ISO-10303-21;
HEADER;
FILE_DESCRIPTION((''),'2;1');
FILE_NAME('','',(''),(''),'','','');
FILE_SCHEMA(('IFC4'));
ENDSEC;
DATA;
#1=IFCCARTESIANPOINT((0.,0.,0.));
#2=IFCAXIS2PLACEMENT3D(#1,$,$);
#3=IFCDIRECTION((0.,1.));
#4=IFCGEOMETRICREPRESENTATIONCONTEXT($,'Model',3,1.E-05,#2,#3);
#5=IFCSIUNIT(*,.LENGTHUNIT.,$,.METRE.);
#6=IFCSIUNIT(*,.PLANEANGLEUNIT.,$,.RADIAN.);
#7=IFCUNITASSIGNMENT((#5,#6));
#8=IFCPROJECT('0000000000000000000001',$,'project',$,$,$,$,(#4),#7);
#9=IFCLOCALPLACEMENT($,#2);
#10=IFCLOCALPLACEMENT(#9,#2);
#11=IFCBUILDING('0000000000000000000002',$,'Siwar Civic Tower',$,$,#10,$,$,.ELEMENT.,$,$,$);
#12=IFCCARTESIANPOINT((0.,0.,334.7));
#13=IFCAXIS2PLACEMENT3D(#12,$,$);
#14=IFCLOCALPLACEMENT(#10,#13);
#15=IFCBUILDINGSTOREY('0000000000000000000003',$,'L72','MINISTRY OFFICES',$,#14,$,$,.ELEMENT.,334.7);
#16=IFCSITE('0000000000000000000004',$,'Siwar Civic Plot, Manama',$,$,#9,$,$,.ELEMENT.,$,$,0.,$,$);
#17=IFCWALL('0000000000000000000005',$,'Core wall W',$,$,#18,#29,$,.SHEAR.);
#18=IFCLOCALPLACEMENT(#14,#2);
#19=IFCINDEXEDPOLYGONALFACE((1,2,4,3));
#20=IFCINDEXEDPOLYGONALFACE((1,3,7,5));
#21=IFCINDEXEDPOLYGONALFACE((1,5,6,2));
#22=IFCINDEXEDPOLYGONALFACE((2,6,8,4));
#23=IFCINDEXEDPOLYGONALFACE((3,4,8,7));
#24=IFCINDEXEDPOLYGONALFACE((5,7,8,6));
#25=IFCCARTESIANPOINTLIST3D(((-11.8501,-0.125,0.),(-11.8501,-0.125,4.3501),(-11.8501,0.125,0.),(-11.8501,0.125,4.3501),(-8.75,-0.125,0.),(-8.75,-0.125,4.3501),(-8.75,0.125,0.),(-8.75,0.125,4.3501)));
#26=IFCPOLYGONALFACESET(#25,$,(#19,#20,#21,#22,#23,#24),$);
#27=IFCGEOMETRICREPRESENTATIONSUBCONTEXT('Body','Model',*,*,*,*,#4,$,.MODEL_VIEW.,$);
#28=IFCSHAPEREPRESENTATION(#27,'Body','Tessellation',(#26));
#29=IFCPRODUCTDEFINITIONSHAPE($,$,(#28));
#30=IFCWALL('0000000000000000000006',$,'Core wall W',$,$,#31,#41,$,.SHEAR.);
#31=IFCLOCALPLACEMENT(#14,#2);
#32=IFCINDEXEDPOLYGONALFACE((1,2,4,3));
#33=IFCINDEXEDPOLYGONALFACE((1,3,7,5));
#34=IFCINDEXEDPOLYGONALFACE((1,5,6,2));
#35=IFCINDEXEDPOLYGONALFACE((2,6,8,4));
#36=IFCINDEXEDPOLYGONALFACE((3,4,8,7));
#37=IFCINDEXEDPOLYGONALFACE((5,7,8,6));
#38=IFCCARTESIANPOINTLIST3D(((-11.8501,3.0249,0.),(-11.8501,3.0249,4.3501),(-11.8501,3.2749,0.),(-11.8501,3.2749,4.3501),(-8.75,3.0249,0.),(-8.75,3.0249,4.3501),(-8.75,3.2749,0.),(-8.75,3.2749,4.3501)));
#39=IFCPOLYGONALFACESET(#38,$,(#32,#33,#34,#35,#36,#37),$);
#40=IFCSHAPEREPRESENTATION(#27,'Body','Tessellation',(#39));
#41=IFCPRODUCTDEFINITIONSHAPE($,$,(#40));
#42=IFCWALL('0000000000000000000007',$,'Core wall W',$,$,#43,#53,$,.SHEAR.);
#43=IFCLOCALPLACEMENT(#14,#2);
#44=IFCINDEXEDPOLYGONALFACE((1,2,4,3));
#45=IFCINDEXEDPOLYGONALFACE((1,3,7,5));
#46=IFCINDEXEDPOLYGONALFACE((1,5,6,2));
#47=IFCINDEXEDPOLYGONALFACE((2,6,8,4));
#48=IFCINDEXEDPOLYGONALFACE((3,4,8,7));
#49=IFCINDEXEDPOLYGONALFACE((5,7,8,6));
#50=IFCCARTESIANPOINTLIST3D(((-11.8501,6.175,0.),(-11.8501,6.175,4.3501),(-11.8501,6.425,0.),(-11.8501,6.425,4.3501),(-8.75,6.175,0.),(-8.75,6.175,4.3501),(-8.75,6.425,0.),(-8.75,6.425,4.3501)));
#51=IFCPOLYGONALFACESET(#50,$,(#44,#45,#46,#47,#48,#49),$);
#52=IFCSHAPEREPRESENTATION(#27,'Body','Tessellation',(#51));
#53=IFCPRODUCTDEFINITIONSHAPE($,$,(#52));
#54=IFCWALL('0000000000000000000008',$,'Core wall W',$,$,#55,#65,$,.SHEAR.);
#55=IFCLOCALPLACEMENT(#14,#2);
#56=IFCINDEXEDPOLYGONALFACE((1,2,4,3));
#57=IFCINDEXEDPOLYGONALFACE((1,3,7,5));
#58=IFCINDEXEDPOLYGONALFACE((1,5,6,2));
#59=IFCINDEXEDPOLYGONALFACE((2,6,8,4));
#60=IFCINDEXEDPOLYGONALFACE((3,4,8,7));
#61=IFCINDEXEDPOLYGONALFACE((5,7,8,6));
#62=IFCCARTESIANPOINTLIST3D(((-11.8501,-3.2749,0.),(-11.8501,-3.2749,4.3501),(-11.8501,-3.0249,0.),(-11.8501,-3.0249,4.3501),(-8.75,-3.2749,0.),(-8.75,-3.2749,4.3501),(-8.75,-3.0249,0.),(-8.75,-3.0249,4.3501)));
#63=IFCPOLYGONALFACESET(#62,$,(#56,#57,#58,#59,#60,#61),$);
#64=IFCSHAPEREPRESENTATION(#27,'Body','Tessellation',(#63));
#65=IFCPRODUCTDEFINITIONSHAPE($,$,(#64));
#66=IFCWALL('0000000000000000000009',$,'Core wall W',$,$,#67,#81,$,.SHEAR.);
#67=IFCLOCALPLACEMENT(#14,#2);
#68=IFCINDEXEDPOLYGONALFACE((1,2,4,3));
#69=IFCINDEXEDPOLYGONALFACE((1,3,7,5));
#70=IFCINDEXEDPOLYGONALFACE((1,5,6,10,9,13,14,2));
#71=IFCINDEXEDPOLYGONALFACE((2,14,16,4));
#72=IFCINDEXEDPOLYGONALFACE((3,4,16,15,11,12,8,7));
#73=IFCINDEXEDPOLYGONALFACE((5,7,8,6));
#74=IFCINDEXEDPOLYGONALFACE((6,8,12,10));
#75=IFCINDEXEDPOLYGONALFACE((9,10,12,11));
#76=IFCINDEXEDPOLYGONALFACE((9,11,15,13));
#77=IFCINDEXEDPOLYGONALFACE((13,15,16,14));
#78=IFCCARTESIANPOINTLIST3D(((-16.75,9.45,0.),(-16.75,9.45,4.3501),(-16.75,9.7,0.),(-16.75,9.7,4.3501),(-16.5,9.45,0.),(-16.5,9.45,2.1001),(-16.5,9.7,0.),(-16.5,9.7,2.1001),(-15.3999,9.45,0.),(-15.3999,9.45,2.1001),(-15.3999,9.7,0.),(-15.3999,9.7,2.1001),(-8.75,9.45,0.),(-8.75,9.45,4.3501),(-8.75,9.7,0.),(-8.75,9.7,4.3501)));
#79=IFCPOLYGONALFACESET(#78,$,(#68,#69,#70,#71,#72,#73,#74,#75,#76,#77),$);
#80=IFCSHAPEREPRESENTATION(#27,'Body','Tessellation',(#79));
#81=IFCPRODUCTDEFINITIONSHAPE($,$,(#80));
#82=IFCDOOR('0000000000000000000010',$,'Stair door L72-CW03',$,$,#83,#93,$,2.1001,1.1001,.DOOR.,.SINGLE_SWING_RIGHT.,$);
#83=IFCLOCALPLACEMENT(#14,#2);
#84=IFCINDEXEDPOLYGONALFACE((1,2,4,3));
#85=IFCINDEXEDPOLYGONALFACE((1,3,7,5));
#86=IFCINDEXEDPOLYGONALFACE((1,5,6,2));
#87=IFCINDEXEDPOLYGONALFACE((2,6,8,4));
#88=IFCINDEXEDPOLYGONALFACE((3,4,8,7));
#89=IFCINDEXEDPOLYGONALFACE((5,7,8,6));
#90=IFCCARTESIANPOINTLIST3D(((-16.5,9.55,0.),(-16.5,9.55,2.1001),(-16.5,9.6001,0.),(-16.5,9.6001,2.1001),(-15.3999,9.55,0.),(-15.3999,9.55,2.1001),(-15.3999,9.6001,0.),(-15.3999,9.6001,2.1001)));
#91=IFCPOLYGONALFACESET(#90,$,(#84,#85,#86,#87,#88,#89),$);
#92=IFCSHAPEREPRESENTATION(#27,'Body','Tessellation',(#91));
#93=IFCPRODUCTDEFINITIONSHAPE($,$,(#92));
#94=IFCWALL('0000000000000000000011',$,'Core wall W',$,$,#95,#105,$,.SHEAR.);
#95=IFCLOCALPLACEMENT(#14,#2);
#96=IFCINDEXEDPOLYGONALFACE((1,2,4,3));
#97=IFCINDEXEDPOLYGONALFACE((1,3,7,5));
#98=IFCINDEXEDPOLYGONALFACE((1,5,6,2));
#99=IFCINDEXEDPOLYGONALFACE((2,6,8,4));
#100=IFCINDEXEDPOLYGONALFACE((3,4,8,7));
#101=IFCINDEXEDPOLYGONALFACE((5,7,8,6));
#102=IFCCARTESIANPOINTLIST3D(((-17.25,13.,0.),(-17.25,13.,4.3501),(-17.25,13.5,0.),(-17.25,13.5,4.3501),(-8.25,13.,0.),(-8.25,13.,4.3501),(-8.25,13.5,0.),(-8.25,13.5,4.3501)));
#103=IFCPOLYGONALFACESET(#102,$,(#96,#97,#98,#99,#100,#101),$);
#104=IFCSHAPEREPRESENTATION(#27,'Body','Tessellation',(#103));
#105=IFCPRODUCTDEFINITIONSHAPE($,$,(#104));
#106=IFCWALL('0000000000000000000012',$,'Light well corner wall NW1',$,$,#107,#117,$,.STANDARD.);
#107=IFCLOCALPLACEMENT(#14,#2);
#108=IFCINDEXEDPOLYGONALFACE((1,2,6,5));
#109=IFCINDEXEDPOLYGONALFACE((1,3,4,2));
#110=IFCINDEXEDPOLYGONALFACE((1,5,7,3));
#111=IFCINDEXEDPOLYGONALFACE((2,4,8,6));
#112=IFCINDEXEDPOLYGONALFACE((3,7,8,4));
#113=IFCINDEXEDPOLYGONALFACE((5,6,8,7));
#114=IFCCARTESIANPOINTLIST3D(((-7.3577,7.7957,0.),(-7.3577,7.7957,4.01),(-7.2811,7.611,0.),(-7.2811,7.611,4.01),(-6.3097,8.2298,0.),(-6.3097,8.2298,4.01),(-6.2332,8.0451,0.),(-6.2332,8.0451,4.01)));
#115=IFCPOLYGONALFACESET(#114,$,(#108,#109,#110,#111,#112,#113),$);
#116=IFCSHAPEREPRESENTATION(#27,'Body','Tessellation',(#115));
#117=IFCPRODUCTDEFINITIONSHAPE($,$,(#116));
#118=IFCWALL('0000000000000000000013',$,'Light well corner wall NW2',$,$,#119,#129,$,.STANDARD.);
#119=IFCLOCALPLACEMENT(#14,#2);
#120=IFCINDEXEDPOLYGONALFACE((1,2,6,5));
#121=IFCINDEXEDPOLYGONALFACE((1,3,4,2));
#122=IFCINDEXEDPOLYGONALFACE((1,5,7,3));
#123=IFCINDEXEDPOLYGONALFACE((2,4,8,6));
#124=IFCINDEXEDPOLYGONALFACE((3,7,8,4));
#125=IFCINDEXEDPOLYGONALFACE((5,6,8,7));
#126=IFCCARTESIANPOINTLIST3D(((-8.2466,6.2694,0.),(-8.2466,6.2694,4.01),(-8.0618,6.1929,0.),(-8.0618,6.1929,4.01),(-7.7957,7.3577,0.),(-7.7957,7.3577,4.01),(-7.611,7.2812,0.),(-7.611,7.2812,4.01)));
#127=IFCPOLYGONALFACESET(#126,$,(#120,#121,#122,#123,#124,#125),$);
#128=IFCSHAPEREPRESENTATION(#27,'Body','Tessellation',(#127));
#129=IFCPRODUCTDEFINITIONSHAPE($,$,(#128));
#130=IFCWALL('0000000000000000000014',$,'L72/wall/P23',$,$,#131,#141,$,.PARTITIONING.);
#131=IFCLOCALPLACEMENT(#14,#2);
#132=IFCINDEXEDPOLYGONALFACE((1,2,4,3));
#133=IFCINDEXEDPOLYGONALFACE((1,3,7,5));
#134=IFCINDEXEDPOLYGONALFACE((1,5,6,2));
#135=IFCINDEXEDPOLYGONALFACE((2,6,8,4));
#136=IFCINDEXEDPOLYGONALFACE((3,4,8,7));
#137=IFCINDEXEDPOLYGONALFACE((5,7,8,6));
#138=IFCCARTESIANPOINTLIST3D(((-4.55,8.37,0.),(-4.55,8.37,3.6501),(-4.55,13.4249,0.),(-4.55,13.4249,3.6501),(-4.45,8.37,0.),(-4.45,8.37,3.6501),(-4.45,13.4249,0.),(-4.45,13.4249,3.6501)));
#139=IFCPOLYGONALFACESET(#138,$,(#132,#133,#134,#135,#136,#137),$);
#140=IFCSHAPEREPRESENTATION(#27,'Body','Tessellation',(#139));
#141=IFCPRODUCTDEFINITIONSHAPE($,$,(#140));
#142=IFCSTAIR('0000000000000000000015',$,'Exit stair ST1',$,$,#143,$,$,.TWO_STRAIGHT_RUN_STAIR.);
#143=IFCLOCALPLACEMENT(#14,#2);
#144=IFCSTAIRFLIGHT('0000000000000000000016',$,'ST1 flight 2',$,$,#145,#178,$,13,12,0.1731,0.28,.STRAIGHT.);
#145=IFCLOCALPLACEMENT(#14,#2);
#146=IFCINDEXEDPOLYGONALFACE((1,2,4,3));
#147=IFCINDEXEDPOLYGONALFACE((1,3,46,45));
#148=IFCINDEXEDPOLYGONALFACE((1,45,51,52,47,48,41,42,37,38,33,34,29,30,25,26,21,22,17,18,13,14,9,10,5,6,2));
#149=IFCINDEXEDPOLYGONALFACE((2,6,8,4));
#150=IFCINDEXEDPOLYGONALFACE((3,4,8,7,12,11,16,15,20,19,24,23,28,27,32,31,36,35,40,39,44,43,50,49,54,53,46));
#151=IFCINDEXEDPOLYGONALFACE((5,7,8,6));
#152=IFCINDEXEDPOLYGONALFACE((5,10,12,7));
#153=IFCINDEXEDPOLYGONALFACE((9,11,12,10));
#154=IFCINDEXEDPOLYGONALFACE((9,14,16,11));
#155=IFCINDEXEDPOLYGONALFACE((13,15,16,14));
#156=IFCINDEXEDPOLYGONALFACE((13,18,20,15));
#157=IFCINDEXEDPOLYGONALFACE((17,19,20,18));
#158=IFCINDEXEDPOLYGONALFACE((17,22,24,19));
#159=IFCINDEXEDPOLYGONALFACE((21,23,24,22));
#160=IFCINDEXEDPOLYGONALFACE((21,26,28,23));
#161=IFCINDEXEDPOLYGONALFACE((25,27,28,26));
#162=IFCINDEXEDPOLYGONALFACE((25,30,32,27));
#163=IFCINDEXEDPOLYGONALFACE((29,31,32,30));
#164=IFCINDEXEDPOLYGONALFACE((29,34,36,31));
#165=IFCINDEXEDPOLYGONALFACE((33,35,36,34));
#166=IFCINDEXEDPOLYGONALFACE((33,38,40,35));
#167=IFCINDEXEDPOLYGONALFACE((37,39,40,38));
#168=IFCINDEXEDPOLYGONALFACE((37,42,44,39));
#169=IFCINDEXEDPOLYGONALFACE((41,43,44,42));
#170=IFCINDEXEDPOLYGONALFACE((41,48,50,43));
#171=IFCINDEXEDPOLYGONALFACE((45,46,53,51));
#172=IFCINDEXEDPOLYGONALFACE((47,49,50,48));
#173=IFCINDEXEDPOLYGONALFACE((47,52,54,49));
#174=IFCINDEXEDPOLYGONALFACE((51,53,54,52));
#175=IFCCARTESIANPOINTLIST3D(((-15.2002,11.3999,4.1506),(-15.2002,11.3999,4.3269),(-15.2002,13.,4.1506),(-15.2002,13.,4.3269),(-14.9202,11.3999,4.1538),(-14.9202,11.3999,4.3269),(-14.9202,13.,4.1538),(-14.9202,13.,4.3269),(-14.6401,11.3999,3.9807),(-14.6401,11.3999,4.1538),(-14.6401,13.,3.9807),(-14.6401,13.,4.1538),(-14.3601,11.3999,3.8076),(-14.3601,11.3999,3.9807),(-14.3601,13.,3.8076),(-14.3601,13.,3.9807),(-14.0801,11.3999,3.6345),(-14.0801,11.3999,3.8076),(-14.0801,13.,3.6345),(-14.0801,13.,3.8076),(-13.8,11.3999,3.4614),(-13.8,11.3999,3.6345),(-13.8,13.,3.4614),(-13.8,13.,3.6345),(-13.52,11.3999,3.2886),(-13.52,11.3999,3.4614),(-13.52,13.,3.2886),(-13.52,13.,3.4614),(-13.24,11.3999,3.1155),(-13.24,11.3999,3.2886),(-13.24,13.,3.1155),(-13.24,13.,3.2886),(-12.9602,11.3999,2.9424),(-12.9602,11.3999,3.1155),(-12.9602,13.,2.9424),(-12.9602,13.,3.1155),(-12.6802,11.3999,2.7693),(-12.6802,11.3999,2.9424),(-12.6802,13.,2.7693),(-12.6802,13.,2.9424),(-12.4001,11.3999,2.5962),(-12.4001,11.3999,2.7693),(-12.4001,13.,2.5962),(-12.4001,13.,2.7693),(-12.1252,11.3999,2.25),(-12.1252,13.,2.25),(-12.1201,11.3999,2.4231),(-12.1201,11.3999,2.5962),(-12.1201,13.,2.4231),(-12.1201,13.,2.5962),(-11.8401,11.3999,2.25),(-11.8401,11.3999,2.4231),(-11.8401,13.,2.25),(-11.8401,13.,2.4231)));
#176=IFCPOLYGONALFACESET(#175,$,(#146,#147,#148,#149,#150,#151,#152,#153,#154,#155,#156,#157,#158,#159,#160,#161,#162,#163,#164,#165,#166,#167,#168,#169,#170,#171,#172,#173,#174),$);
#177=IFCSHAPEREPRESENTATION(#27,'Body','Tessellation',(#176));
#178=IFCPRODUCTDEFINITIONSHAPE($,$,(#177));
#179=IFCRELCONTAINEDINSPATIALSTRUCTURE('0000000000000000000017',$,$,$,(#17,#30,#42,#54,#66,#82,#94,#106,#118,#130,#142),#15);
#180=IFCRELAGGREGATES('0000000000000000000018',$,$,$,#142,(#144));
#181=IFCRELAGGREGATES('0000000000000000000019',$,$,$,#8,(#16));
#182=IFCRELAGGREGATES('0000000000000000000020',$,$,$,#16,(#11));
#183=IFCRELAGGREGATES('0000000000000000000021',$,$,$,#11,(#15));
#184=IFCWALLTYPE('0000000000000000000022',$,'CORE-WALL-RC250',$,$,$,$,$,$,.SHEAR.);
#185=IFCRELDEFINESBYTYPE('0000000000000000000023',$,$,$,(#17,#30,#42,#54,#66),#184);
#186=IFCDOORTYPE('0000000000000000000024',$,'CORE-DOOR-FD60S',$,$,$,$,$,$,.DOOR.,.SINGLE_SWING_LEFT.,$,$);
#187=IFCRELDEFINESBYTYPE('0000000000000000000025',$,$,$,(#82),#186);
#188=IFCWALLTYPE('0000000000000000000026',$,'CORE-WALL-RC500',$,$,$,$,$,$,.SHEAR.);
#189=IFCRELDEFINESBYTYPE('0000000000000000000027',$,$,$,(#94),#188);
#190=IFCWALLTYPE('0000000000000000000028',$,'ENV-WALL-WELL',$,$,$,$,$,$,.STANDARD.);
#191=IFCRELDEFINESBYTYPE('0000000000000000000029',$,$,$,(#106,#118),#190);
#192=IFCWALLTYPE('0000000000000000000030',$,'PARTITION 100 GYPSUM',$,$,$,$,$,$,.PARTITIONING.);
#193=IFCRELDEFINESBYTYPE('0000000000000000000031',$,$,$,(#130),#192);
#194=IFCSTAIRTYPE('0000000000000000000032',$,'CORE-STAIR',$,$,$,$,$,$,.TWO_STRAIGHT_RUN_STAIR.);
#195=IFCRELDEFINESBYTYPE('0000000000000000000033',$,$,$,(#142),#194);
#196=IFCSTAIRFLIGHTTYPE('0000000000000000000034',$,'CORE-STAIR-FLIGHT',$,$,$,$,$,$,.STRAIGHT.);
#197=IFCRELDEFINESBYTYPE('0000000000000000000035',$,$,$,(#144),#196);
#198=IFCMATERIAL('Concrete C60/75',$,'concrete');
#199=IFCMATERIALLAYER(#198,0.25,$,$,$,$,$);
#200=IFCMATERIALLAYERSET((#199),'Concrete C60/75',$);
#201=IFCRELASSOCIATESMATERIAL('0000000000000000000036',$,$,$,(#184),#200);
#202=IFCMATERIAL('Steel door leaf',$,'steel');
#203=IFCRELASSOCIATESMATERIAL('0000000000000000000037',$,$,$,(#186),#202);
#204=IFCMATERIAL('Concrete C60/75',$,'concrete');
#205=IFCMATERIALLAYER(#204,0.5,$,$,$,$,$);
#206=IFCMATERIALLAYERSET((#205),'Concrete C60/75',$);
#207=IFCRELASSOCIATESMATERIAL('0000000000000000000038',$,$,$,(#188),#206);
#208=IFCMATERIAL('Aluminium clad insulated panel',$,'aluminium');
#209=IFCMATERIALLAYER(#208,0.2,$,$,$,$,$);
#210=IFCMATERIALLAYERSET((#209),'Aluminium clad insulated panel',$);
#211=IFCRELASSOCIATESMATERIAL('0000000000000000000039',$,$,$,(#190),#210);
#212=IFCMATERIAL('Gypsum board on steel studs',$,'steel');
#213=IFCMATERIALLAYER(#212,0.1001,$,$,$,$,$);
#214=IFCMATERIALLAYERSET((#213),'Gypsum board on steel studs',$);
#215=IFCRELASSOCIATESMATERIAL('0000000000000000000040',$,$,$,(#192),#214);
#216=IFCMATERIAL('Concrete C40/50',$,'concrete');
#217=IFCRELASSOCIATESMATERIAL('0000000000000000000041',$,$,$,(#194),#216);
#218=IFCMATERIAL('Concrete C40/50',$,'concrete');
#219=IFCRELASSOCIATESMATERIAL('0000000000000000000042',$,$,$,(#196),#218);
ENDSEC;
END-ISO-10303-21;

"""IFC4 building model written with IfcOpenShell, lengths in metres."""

from ifc_helpers import new_model, si_unit, direction, frame, frame_2d, origin, place, context, subcontext, project, spatial, polyline, rectangle, outline, extrude, material, layer, layer_set, type_object, element, fill, aggregate, save


model = new_model("IFC4")

# Units and contexts
model_context = context("Model", 3, precision=1e-05, world=origin(), true_north=direction((0.0, 1.0)))
body_context = subcontext(model_context, "Body", "Model", "MODEL_VIEW")
ifc_project = project(units=[si_unit("LENGTHUNIT", "METRE"), si_unit("PLANEANGLEUNIT", "RADIAN")], contexts=[model_context])

# Site, building, storey
site_placement = place(None, origin())
site = spatial("IfcSite", under=ifc_project, at=site_placement, Name="Siwar Civic Plot, Manama", CompositionType="ELEMENT", RefElevation=0.0)
building_placement = place(site_placement, origin())
building = spatial("IfcBuilding", under=site, at=building_placement, Name="Siwar Civic Tower", CompositionType="ELEMENT")
storey_placement = place(building_placement, frame((0.0, 0.0, 334.7)))
storey = spatial("IfcBuildingStorey", under=building, at=storey_placement, Name="L72", Description="MINISTRY OFFICES", CompositionType="ELEMENT", Elevation=334.7)

# Shared definitions
ifc_material_1 = material(Name="Concrete C60/75", Category="concrete")
ifc_layer_1 = layer(ifc_material_1, 0.25)
ifc_layer_set_1 = layer_set([ifc_layer_1], Name="Concrete C60/75")
wall_type_1 = type_object("IfcWallType", Name="CORE-WALL-RC250", PredefinedType="SHEAR", material=ifc_layer_set_1)

# Walls
for number, where, z_axis, x_axis, name in (
    (1, (-8.75, 0.0, 0.0), (0.0, 0.0, 1.0), (-1.0, 0.0, 0.0), "Core wall W"),
    (2, (-8.75, 3.1499, 0.0), (0.0, 0.0, 1.0), (-1.0, 0.0, 0.0), "Core wall W"),
    (3, (-8.75, 6.3, 0.0), (0.0, 0.0, 1.0), (-1.0, 0.0, 0.0), "Core wall W"),
    (4, (-8.75, -3.1499, 0.0), (0.0, 0.0, 1.0), (-1.0, 0.0, 0.0), "Core wall W"),
):
    element("IfcWall", number, at=place(storey_placement, frame(where, z_axis=z_axis, x_axis=x_axis)), inside=storey, type_object=wall_type_1, Name=name, PredefinedType="SHEAR", context=body_context, shape_type="SweptSolid", body=[
        extrude(rectangle(XDim=3.1001, YDim=0.25, at=frame_2d((1.55, 0.0))), origin(), (0.0, 0.0, 1.0), 4.3501),
    ])

# Wall, opening, door
wall_1_placement = place(storey_placement, frame((-8.75, 9.575, 0.0), z_axis=(0.0, 0.0, 1.0), x_axis=(-1.0, 0.0, 0.0)))
wall_1 = element("IfcWall", 5, at=wall_1_placement, inside=storey, type_object=wall_type_1, Name="Core wall W", PredefinedType="SHEAR", context=body_context, shape_type="SweptSolid", body=[
    extrude(rectangle(XDim=8.0, YDim=0.25, at=frame_2d((4.0, 0.0))), origin(), (0.0, 0.0, 1.0), 4.3501),
])
opening_1_placement = place(wall_1_placement, frame((6.6499, 0.0, 0.0)))
opening_1 = element("IfcOpeningElement", 6, at=opening_1_placement, cuts=wall_1, PredefinedType="OPENING", context=body_context, shape_type="SweptSolid", body=[
    extrude(rectangle(XDim=1.1001, YDim=2.1001, at=frame_2d((0.55, 1.05))), frame((0.0, 0.135, 0.0), z_axis=(0.0, -1.0, 0.0), x_axis=(1.0, 0.0, 0.0)), (0.0, 0.0, 1.0), 0.27),
])
ifc_material_2 = material(Name="Steel door leaf", Category="steel")
door_type_1 = type_object("IfcDoorType", Name="CORE-DOOR-FD60S", OperationType="SINGLE_SWING_LEFT", PredefinedType="DOOR", material=ifc_material_2)
door_1_placement = place(opening_1_placement, origin())
door_1 = element("IfcDoor", 7, at=door_1_placement, inside=storey, type_object=door_type_1, Name="Stair door L72-CW03", OperationType="SINGLE_SWING_RIGHT", OverallHeight=2.1001, OverallWidth=1.1001, PredefinedType="DOOR", context=body_context, shape_type="SweptSolid", body=[
    extrude(rectangle(XDim=1.1001, YDim=2.1001, at=frame_2d((0.55, 1.05))), frame((0.0, 0.0249, 0.0), z_axis=(0.0, -1.0, 0.0), x_axis=(1.0, 0.0, 0.0)), (0.0, 0.0, 1.0), 0.05),
])
fill(opening_1, door_1)

# Walls
ifc_material_3 = material(Name="Concrete C60/75", Category="concrete")
ifc_layer_2 = layer(ifc_material_3, 0.5)
ifc_layer_set_2 = layer_set([ifc_layer_2], Name="Concrete C60/75")
wall_type_2 = type_object("IfcWallType", Name="CORE-WALL-RC500", PredefinedType="SHEAR", material=ifc_layer_set_2)
wall_2_placement = place(storey_placement, frame((-8.25, 13.25, 0.0), z_axis=(0.0, 0.0, 1.0), x_axis=(-1.0, 0.0, 0.0)))
element("IfcWall", 8, at=wall_2_placement, inside=storey, type_object=wall_type_2, Name="Core wall W", PredefinedType="SHEAR", context=body_context, shape_type="SweptSolid", body=[
    extrude(rectangle(XDim=9.0, YDim=0.5, at=frame_2d((4.5, 0.0))), origin(), (0.0, 0.0, 1.0), 4.3501),
])
ifc_material_4 = material(Name="Aluminium clad insulated panel", Category="aluminium")
ifc_layer_3 = layer(ifc_material_4, 0.2)
ifc_layer_set_3 = layer_set([ifc_layer_3], Name="Aluminium clad insulated panel")
wall_type_3 = type_object("IfcWallType", Name="ENV-WALL-WELL", PredefinedType="STANDARD", material=ifc_layer_set_3)
wall_3_placement = place(storey_placement, frame((-6.2715, 8.1375, 0.0), z_axis=(0.0, 0.0, 1.0), x_axis=(-0.923865, -0.382719, 0.0)))
element("IfcWall", 9, at=wall_3_placement, inside=storey, type_object=wall_type_3, Name="Light well corner wall NW1", PredefinedType="STANDARD", context=body_context, shape_type="SweptSolid", body=[
    extrude(rectangle(XDim=1.1343, YDim=0.2, at=frame_2d((0.5671, 0.0))), origin(), (0.0, 0.0, 1.0), 4.01),
])
wall_4_placement = place(storey_placement, frame((-7.7034, 7.3193, 0.0), z_axis=(0.0, 0.0, 1.0), x_axis=(-0.382761, -0.923848, 0.0)))
element("IfcWall", 10, at=wall_4_placement, inside=storey, type_object=wall_type_3, Name="Light well corner wall NW2", PredefinedType="STANDARD", context=body_context, shape_type="SweptSolid", body=[
    extrude(rectangle(XDim=1.178, YDim=0.2, at=frame_2d((0.5889, 0.0))), origin(), (0.0, 0.0, 1.0), 4.01),
])
ifc_material_5 = material(Name="Gypsum board on steel studs", Category="steel")
ifc_layer_4 = layer(ifc_material_5, 0.1001)
ifc_layer_set_4 = layer_set([ifc_layer_4], Name="Gypsum board on steel studs")
wall_type_4 = type_object("IfcWallType", Name="PARTITION 100 GYPSUM", PredefinedType="PARTITIONING", material=ifc_layer_set_4)
wall_5_placement = place(storey_placement, frame((-4.5, 8.3701, 0.0), z_axis=(0.0, 0.0, 1.0), x_axis=(0.0, 1.0, 0.0)))
element("IfcWall", 11, at=wall_5_placement, inside=storey, type_object=wall_type_4, Name="L72/wall/P23", PredefinedType="PARTITIONING", context=body_context, shape_type="SweptSolid", body=[
    extrude(rectangle(XDim=5.0549, YDim=0.1001, at=frame_2d((2.5273, 0.0))), origin(), (0.0, 0.0, 1.0), 3.6501),
])

# Stair, stair flight
ifc_material_6 = material(Name="Concrete C40/50", Category="concrete")
stair_type = type_object("IfcStairType", Name="CORE-STAIR", PredefinedType="TWO_STRAIGHT_RUN_STAIR", material=ifc_material_6)
stair_placement = place(storey_placement, origin())
stair = element("IfcStair", 12, at=stair_placement, inside=storey, type_object=stair_type, Name="Exit stair ST1", PredefinedType="TWO_STRAIGHT_RUN_STAIR")
ifc_material_7 = material(Name="Concrete C40/50", Category="concrete")
stair_flight_type = type_object("IfcStairFlightType", Name="CORE-STAIR-FLIGHT", PredefinedType="STRAIGHT", material=ifc_material_7)
stair_flight_placement = place(storey_placement, frame((-11.8401, 12.2, 2.25), z_axis=(0.0, 0.0, 1.0), x_axis=(-1.0, 0.0, 0.0)))
stair_flight = element("IfcStairFlight", 13, at=stair_flight_placement, type_object=stair_flight_type, Name="ST1 flight 2", NumberOfRisers=13, NumberOfTreads=12, PredefinedType="STRAIGHT", RiserHeight=0.1731, TreadLength=0.28, context=body_context, shape_type="SweptSolid", body=[
    extrude(outline(polyline([(0.0, 0.0), (0.0, 0.1731), (0.28, 0.1731), (0.28, 0.3462), (0.5601, 0.3462), (0.5601, 0.5193), (0.8401, 0.5193), (0.8401, 0.6924), (1.1201, 0.6924), (1.1201, 0.8655), (1.3999, 0.8655), (1.3999, 1.0386), (1.6799, 1.0386), (1.6799, 1.2114), (1.96, 1.2114), (1.96, 1.3845), (2.24, 1.3845), (2.24, 1.5576), (2.52, 1.5576), (2.52, 1.7307), (2.8, 1.7307), (2.8, 1.9038), (3.0801, 1.9038), (3.0801, 2.0769), (3.3601, 2.0769), (3.3601, 2.25), (3.3601, 1.9006), (0.2852, 0.0), (0.0, 0.0)])), frame((0.0, 0.8, 0.0), z_axis=(0.0, -1.0, 0.0), x_axis=(1.0, 0.0, 0.0)), (0.0, 0.0, 1.0), 1.6001),
])
aggregate(stair, [stair_flight])

save(model, "model.ifc")
